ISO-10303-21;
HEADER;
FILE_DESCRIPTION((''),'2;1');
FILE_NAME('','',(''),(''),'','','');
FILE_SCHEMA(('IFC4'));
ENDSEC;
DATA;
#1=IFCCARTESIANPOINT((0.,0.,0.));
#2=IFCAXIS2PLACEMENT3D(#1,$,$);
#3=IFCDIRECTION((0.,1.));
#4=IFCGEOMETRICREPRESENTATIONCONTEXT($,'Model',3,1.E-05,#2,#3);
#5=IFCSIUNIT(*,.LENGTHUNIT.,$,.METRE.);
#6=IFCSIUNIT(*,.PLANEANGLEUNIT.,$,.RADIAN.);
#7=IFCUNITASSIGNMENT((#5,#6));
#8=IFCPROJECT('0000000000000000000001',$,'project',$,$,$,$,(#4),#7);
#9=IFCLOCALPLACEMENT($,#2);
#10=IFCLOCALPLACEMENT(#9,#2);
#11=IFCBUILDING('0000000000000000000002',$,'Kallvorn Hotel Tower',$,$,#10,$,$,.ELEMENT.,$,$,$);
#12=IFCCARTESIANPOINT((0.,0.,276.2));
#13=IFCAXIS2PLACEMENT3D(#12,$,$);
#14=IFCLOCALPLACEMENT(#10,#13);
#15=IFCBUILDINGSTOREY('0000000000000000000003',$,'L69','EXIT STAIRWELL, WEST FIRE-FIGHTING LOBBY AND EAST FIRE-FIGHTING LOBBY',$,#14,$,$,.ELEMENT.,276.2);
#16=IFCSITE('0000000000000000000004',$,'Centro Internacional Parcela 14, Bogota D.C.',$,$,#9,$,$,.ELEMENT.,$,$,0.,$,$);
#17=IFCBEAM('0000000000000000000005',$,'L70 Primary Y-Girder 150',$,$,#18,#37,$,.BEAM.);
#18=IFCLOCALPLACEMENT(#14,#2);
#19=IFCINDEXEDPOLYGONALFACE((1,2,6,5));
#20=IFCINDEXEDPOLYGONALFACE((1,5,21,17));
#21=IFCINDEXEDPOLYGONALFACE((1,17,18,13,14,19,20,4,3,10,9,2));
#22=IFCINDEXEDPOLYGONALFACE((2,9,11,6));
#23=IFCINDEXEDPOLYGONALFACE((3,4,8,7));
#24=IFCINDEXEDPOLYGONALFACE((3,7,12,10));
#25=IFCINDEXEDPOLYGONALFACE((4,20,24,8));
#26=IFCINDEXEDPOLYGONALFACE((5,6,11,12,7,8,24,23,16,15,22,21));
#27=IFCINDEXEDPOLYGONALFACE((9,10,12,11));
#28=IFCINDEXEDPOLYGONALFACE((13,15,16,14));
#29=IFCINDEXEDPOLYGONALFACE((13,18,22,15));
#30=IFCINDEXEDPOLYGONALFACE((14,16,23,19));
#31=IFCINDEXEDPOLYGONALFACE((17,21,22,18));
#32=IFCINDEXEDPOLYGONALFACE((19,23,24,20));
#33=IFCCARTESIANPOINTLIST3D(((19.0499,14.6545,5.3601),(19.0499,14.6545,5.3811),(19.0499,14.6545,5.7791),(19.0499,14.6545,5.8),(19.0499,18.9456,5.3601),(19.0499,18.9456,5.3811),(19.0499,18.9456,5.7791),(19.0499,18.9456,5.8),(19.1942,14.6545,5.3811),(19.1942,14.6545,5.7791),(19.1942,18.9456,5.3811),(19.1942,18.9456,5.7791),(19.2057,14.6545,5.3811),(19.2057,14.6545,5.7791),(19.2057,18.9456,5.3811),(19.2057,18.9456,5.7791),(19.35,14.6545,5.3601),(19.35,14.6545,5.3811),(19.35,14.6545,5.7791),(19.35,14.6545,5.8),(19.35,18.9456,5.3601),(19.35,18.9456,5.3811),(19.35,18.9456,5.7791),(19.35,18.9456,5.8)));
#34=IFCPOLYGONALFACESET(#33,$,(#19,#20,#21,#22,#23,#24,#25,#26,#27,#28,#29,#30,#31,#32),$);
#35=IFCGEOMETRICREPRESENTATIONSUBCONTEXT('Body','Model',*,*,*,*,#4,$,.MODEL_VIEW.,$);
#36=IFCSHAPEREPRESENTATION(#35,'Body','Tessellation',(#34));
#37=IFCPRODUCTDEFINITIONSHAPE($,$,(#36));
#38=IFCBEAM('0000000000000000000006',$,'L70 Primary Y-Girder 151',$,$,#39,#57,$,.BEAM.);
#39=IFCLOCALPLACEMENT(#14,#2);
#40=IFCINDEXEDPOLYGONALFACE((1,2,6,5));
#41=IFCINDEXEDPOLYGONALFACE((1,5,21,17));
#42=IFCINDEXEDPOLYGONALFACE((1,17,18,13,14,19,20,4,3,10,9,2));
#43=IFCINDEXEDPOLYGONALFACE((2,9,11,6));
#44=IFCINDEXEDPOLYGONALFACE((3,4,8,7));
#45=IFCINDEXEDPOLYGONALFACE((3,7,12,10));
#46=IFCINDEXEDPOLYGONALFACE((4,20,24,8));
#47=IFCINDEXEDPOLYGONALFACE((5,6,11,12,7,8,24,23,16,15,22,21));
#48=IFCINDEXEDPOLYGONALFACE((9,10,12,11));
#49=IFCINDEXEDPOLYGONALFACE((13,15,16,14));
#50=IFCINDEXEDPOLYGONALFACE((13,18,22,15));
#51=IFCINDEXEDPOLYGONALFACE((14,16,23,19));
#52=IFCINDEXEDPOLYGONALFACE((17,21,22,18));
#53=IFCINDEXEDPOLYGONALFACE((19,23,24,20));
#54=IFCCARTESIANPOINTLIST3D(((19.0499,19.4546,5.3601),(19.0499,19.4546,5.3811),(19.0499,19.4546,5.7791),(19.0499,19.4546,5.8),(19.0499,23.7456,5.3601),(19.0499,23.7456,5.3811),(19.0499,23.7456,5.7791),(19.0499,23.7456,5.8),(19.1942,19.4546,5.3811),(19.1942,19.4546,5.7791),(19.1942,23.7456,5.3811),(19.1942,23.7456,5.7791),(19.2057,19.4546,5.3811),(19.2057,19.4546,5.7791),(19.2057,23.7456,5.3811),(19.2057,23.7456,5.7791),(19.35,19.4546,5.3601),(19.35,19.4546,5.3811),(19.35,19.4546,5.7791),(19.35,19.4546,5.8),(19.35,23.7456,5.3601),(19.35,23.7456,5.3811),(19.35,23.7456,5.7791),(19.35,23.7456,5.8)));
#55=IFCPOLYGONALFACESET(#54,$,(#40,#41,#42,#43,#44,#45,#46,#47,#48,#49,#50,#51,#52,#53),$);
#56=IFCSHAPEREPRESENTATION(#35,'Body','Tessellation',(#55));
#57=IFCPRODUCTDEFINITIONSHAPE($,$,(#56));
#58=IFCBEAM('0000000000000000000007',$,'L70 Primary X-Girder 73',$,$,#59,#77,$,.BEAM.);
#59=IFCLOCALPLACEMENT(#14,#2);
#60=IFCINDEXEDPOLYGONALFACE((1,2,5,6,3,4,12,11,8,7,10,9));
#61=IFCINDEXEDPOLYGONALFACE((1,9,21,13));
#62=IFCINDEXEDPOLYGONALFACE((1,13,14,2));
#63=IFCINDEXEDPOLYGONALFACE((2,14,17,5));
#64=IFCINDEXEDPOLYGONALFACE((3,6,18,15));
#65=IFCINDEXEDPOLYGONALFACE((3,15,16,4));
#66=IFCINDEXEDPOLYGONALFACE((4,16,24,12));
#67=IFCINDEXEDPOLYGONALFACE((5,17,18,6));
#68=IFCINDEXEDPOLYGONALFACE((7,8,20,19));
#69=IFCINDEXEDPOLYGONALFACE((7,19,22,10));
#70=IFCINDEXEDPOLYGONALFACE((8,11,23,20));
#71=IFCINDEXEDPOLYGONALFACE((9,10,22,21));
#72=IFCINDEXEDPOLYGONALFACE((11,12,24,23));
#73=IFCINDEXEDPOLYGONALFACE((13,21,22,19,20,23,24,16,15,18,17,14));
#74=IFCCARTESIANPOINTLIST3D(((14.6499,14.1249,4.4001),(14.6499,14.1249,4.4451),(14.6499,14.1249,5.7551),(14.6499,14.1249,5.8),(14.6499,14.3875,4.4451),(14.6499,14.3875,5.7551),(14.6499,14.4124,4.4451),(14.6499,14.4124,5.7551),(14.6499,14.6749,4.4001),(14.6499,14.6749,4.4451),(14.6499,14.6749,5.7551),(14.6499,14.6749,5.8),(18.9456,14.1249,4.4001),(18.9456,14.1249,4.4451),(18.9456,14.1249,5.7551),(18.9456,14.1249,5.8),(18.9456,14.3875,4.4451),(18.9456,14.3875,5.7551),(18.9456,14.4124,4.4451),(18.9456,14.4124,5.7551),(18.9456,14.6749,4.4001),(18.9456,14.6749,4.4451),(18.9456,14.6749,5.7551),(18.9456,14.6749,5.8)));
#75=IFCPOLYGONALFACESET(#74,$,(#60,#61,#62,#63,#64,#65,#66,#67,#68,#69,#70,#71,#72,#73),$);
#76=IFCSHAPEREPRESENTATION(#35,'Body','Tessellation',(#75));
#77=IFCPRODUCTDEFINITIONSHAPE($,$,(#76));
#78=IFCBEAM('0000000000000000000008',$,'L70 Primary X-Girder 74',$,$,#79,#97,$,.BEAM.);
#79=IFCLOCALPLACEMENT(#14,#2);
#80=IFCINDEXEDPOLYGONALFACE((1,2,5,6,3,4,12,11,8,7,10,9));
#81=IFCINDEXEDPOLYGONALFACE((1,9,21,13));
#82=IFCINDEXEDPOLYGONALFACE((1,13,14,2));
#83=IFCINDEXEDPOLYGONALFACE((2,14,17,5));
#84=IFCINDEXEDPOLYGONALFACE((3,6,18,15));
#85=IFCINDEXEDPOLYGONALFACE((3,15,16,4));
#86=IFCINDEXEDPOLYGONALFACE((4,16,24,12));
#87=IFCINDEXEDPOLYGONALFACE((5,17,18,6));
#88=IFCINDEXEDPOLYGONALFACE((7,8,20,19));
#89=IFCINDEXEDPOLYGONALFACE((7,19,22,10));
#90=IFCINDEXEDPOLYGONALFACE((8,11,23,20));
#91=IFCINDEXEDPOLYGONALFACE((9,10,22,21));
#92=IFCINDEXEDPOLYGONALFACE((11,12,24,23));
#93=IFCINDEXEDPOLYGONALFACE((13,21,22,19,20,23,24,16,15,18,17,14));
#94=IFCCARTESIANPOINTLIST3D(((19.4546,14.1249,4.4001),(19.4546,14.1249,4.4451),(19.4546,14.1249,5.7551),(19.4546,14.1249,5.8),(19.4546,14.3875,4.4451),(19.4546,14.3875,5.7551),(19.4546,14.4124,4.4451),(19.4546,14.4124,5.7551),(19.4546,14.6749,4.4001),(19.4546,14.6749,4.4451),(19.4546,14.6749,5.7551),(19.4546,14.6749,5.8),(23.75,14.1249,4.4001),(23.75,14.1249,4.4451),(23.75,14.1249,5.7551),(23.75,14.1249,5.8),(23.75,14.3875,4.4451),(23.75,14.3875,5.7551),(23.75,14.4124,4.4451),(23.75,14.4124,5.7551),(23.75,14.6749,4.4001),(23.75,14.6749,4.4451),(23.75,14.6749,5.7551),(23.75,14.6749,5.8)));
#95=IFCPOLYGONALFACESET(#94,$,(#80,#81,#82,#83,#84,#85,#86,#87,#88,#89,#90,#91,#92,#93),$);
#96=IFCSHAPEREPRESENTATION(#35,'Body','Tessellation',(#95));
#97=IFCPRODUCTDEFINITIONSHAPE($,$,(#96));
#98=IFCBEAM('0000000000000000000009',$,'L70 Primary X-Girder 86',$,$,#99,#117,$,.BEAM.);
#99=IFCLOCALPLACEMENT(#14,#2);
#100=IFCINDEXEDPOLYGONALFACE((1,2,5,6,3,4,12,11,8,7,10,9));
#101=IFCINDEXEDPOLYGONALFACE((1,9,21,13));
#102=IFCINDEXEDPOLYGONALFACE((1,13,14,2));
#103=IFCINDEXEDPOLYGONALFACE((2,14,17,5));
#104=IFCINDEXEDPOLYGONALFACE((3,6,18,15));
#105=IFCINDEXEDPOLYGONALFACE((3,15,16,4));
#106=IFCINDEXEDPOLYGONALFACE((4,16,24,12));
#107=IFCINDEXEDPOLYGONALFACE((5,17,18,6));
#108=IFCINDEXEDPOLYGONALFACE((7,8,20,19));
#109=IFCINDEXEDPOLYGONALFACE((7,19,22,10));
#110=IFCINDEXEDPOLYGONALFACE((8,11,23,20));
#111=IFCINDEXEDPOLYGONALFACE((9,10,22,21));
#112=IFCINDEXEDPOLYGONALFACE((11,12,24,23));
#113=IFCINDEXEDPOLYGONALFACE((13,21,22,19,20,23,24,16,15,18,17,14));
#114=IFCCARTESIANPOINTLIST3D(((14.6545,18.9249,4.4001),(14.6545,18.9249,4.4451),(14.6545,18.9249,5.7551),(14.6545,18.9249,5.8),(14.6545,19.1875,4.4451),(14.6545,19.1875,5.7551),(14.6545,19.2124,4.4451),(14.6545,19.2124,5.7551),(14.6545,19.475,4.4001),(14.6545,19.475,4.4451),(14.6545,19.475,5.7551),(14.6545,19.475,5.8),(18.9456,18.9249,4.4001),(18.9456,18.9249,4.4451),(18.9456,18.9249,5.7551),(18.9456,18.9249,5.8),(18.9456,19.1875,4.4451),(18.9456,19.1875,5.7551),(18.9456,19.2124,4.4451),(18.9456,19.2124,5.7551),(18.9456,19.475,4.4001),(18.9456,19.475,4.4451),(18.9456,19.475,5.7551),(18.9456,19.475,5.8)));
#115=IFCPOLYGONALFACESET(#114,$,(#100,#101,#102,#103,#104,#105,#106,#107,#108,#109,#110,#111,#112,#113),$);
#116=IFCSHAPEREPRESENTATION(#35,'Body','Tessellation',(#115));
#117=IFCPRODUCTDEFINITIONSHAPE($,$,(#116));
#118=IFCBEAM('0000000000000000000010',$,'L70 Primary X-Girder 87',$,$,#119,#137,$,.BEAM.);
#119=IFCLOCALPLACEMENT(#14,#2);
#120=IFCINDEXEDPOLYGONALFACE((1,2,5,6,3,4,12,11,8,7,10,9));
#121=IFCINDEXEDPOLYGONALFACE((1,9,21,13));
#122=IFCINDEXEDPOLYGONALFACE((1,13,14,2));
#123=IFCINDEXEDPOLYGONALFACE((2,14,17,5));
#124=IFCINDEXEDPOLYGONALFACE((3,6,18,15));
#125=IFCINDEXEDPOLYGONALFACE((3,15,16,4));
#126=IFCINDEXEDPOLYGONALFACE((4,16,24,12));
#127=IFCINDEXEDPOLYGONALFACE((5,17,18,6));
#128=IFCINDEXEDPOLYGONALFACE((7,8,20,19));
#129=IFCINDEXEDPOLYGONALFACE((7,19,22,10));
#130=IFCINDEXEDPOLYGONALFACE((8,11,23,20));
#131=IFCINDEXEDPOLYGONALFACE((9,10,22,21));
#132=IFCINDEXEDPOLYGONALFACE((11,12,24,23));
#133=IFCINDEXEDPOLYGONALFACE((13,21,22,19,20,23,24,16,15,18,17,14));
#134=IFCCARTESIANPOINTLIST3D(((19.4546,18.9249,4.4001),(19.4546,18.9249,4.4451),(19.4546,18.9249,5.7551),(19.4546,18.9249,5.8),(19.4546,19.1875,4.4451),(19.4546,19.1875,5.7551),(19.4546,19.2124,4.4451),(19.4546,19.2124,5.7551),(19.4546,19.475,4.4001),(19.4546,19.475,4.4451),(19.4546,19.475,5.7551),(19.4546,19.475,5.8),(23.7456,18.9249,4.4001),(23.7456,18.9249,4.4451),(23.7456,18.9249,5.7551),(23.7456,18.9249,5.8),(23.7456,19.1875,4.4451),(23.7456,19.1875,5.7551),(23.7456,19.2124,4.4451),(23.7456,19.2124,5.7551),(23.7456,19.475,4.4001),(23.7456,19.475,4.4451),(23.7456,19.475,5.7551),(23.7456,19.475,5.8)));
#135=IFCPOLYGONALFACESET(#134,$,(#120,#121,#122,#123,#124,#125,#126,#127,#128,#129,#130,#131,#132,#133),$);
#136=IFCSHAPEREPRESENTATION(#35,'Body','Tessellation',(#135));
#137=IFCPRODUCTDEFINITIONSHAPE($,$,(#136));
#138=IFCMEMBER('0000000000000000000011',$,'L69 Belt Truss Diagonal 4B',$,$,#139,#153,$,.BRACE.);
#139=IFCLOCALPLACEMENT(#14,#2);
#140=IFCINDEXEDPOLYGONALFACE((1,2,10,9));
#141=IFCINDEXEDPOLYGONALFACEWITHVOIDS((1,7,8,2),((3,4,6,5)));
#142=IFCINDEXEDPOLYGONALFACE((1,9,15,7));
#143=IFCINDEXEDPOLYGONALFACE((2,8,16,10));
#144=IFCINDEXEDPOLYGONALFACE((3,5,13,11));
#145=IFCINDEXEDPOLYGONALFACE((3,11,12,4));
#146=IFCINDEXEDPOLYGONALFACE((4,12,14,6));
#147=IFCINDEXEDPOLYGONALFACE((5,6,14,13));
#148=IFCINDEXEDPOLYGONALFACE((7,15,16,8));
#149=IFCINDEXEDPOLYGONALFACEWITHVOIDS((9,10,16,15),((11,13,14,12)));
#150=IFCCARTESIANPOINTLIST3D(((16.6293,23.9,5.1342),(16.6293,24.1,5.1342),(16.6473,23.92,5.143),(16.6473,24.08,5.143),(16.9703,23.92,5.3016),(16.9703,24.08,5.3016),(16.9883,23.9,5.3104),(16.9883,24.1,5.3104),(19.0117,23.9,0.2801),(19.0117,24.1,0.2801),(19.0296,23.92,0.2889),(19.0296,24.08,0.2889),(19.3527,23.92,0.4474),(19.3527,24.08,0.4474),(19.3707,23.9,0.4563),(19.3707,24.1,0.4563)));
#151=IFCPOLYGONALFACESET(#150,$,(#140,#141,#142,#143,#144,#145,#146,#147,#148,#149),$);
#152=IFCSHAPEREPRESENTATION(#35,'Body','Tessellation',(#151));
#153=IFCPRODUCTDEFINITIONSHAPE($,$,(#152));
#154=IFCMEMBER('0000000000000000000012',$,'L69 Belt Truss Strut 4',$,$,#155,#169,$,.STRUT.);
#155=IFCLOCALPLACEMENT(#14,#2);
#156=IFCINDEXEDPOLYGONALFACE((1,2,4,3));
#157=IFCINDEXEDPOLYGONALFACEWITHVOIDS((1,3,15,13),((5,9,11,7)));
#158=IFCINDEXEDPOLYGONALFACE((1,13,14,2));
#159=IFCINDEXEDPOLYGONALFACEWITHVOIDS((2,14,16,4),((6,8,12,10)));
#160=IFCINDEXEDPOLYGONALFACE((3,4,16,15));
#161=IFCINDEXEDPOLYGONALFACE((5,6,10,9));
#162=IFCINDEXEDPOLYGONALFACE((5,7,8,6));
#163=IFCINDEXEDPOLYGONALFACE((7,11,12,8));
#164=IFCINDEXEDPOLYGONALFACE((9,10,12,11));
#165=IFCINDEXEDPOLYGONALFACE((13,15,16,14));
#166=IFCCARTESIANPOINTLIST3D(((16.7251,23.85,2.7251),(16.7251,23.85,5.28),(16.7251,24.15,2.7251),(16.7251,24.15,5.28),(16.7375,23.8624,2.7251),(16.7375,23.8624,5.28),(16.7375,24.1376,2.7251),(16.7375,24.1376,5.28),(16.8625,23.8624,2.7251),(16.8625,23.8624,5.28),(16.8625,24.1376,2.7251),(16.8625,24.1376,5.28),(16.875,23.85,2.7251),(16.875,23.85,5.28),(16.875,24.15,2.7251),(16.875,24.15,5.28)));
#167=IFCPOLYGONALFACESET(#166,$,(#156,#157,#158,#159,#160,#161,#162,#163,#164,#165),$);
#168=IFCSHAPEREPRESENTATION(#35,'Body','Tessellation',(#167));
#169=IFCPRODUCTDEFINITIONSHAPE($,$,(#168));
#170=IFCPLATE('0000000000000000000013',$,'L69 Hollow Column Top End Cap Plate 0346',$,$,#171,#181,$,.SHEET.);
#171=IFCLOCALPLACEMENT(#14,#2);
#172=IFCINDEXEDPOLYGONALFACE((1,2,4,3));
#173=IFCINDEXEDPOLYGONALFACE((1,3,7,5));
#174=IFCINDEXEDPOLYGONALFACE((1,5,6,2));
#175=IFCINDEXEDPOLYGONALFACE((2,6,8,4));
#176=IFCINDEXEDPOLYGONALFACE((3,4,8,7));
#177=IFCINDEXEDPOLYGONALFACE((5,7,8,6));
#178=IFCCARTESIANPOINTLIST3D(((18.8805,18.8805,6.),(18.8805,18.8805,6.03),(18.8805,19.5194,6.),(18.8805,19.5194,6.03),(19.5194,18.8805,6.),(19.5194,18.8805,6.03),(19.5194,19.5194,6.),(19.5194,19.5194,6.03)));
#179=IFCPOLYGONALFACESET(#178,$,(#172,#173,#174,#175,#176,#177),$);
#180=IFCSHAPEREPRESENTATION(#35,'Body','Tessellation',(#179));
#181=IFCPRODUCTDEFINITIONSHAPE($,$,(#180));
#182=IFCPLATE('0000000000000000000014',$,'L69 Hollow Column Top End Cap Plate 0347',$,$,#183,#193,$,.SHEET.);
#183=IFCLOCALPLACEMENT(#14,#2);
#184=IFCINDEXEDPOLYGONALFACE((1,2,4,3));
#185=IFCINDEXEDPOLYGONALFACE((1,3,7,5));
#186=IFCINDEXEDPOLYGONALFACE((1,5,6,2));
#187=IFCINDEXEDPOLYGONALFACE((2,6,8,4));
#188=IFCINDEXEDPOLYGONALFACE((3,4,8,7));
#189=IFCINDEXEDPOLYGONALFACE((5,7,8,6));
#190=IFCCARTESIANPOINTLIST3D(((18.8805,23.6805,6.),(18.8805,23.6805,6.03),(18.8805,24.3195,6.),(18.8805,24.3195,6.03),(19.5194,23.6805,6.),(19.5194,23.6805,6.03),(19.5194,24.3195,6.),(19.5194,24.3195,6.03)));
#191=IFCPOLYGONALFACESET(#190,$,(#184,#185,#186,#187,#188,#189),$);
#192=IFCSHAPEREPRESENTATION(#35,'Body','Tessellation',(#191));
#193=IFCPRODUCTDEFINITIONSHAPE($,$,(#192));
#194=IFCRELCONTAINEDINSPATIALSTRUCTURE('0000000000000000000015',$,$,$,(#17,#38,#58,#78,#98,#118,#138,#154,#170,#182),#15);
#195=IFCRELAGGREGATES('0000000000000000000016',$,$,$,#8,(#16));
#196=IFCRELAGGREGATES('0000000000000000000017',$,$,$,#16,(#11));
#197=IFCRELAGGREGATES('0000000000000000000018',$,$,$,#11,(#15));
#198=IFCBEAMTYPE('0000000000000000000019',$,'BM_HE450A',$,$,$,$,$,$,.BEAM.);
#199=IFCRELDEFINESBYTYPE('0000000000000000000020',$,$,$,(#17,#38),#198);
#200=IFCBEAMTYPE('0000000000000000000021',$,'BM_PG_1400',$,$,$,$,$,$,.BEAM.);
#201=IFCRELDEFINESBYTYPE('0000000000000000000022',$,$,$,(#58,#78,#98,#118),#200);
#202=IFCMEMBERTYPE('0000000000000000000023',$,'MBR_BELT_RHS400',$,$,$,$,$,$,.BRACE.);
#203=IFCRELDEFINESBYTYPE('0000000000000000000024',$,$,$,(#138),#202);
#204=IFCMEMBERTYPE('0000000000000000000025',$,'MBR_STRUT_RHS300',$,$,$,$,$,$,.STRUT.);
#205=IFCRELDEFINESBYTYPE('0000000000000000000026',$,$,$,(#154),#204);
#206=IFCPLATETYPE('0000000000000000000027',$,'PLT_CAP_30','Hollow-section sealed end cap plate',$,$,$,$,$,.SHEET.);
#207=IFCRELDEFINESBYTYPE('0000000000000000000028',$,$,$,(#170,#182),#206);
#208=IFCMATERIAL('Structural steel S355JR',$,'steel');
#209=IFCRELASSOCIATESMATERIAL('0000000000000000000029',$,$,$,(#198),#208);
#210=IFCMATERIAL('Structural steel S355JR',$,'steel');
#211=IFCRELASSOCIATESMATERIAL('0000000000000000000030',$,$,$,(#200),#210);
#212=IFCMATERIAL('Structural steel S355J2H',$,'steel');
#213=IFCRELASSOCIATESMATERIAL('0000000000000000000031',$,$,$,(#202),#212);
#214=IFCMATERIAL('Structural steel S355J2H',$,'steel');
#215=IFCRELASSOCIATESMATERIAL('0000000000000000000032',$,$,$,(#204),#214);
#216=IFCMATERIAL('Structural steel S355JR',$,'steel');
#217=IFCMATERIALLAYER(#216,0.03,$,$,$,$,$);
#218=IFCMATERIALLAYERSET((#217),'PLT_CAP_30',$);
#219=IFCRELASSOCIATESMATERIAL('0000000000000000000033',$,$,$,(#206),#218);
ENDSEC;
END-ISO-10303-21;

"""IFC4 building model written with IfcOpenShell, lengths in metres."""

from ifc_helpers import new_model, si_unit, direction, frame, origin, origin_2d, place, context, subcontext, project, spatial, rectangle, hollow_rectangle, i_section, extrude, material, layer, layer_set, material_profile, profile_set, type_object, element, save


model = new_model("IFC4")

# Units and contexts
model_context = context("Model", 3, precision=1e-05, world=origin(), true_north=direction((0.0, 1.0)))
body_context = subcontext(model_context, "Body", "Model", "MODEL_VIEW")
ifc_project = project(units=[si_unit("LENGTHUNIT", "METRE"), si_unit("PLANEANGLEUNIT", "RADIAN")], contexts=[model_context])

# Site, building, storey
site_placement = place(None, origin())
site = spatial("IfcSite", under=ifc_project, at=site_placement, Name="Centro Internacional Parcela 14, Bogota D.C.", CompositionType="ELEMENT", RefElevation=0.0)
building_placement = place(site_placement, origin())
building = spatial("IfcBuilding", under=site, at=building_placement, Name="Kallvorn Hotel Tower", CompositionType="ELEMENT")
storey_placement = place(building_placement, frame((0.0, 0.0, 276.2)))
storey = spatial("IfcBuildingStorey", under=building, at=storey_placement, Name="L69", Description="EXIT STAIRWELL, WEST FIRE-FIGHTING LOBBY AND EAST FIRE-FIGHTING LOBBY", CompositionType="ELEMENT", Elevation=276.2)

# Beams
ifc_material_1 = material(Name="Structural steel S355JR", Category="steel")
ifc_material_profile_1 = material_profile(ifc_material_1, i_section(OverallWidth=0.3, OverallDepth=0.4399, WebThickness=0.0115, FlangeThickness=0.021, at=origin_2d()), Name="HE 450 A")
ifc_profile_set_1 = profile_set([ifc_material_profile_1], Name="Structural steel S355JR")
beam_type_1 = type_object("IfcBeamType", Name="BM_HE450A", PredefinedType="BEAM", material=ifc_profile_set_1)
for number, where, z_axis, x_axis, name in (
    (1, (19.2, 14.6545, 5.5801), (0.0, 1.0, 0.0), (-1.0, 0.0, 0.0), "L70 Primary Y-Girder 150"),
    (2, (19.2, 19.4546, 5.5801), (0.0, 1.0, 0.0), (-1.0, 0.0, 0.0), "L70 Primary Y-Girder 151"),
):
    element("IfcBeam", number, at=place(storey_placement, frame(where, z_axis=z_axis, x_axis=x_axis)), inside=storey, type_object=beam_type_1, Name=name, PredefinedType="BEAM", context=body_context, shape_type="SweptSolid", body=[
        extrude(i_section(OverallWidth=0.3, OverallDepth=0.4399, WebThickness=0.0115, FlangeThickness=0.021, at=origin_2d()), origin(), (0.0, 0.0, 1.0), 4.291),
    ])
ifc_material_2 = material(Name="Structural steel S355JR", Category="steel")
ifc_material_profile_2 = material_profile(ifc_material_2, i_section(OverallWidth=0.55, OverallDepth=1.3999, WebThickness=0.0249, FlangeThickness=0.0449, at=origin_2d()), Name="PG 1400x550x25x45")
ifc_profile_set_2 = profile_set([ifc_material_profile_2], Name="Structural steel S355JR")
beam_type_2 = type_object("IfcBeamType", Name="BM_PG_1400", PredefinedType="BEAM", material=ifc_profile_set_2)
beam_1_placement = place(storey_placement, frame((14.6499, 14.3999, 5.1001), z_axis=(1.0, 0.0, 0.0), x_axis=(0.0, 1.0, 0.0)))
element("IfcBeam", 3, at=beam_1_placement, inside=storey, type_object=beam_type_2, Name="L70 Primary X-Girder 73", PredefinedType="BEAM", context=body_context, shape_type="SweptSolid", body=[
    extrude(i_section(OverallWidth=0.55, OverallDepth=1.3999, WebThickness=0.0249, FlangeThickness=0.0449, at=origin_2d()), origin(), (0.0, 0.0, 1.0), 4.2957),
])
beam_2_placement = place(storey_placement, frame((19.4546, 14.3999, 5.1001), z_axis=(1.0, 0.0, 0.0), x_axis=(0.0, 1.0, 0.0)))
element("IfcBeam", 4, at=beam_2_placement, inside=storey, type_object=beam_type_2, Name="L70 Primary X-Girder 74", PredefinedType="BEAM", context=body_context, shape_type="SweptSolid", body=[
    extrude(i_section(OverallWidth=0.55, OverallDepth=1.3999, WebThickness=0.0249, FlangeThickness=0.0449, at=origin_2d()), origin(), (0.0, 0.0, 1.0), 4.2954),
])
for number, where, z_axis, x_axis, name in (
    (5, (14.6545, 19.2, 5.1001), (1.0, 0.0, 0.0), (0.0, 1.0, 0.0), "L70 Primary X-Girder 86"),
    (6, (19.4546, 19.2, 5.1001), (1.0, 0.0, 0.0), (0.0, 1.0, 0.0), "L70 Primary X-Girder 87"),
):
    element("IfcBeam", number, at=place(storey_placement, frame(where, z_axis=z_axis, x_axis=x_axis)), inside=storey, type_object=beam_type_2, Name=name, PredefinedType="BEAM", context=body_context, shape_type="SweptSolid", body=[
        extrude(i_section(OverallWidth=0.55, OverallDepth=1.3999, WebThickness=0.0249, FlangeThickness=0.0449, at=origin_2d()), origin(), (0.0, 0.0, 1.0), 4.291),
    ])

# Members
ifc_material_3 = material(Name="Structural steel S355J2H", Category="steel")
ifc_material_profile_3 = material_profile(ifc_material_3, hollow_rectangle(XDim=0.2, YDim=0.3999, WallThickness=0.02, at=origin_2d()), Name="RHS 400x200x20")
ifc_profile_set_3 = profile_set([ifc_material_profile_3], Name="Structural steel S355J2H")
member_type_1 = type_object("IfcMemberType", Name="MBR_BELT_RHS400", PredefinedType="BRACE", material=ifc_profile_set_3)
member_1_placement = place(storey_placement, frame((19.1912, 24.0, 0.3682), z_axis=(-0.440591, 0.0, 0.897708), x_axis=(0.0, -1.0, 0.0)))
element("IfcMember", 7, at=member_1_placement, inside=storey, type_object=member_type_1, Name="L69 Belt Truss Diagonal 4B", PredefinedType="BRACE", context=body_context, shape_type="SweptSolid", body=[
    extrude(hollow_rectangle(XDim=0.2, YDim=0.3999, WallThickness=0.02, at=origin_2d()), origin(), (0.0, 0.0, 1.0), 5.4072),
])
ifc_material_4 = material(Name="Structural steel S355J2H", Category="steel")
ifc_material_profile_4 = material_profile(ifc_material_4, hollow_rectangle(XDim=0.1499, YDim=0.3, WallThickness=0.0125, at=origin_2d()), Name="RHS 300x150x12.5")
ifc_profile_set_4 = profile_set([ifc_material_profile_4], Name="Structural steel S355J2H")
member_type_2 = type_object("IfcMemberType", Name="MBR_STRUT_RHS300", PredefinedType="STRUT", material=ifc_profile_set_4)
member_2_placement = place(storey_placement, frame((16.8, 24.0, 2.7251), z_axis=(0.0, 0.0, 1.0), x_axis=(1.0, 0.0, 0.0)))
element("IfcMember", 8, at=member_2_placement, inside=storey, type_object=member_type_2, Name="L69 Belt Truss Strut 4", PredefinedType="STRUT", context=body_context, shape_type="SweptSolid", body=[
    extrude(hollow_rectangle(XDim=0.1499, YDim=0.3, WallThickness=0.0125, at=origin_2d()), origin(), (0.0, 0.0, 1.0), 2.5549),
])

# Plates
ifc_material_5 = material(Name="Structural steel S355JR", Category="steel")
ifc_layer_1 = layer(ifc_material_5, 0.03)
ifc_layer_set_1 = layer_set([ifc_layer_1], Name="PLT_CAP_30")
plate_type_1 = type_object("IfcPlateType", Name="PLT_CAP_30", Description="Hollow-section sealed end cap plate", PredefinedType="SHEET", material=ifc_layer_set_1)
for number, where, z_axis, x_axis, name in (
    (9, (19.2, 19.2, 6.0), (0.0, 0.0, 1.0), (1.0, 0.0, 0.0), "L69 Hollow Column Top End Cap Plate 0346"),
    (10, (19.2, 24.0, 6.0), (0.0, 0.0, 1.0), (1.0, 0.0, 0.0), "L69 Hollow Column Top End Cap Plate 0347"),
):
    element("IfcPlate", number, at=place(storey_placement, frame(where, z_axis=z_axis, x_axis=x_axis)), inside=storey, type_object=plate_type_1, Name=name, PredefinedType="SHEET", context=body_context, shape_type="SweptSolid", body=[
        extrude(rectangle(XDim=0.6389, YDim=0.6389, at=origin_2d()), origin(), (0.0, 0.0, 1.0), 0.03),
    ])

save(model, "model.ifc")
